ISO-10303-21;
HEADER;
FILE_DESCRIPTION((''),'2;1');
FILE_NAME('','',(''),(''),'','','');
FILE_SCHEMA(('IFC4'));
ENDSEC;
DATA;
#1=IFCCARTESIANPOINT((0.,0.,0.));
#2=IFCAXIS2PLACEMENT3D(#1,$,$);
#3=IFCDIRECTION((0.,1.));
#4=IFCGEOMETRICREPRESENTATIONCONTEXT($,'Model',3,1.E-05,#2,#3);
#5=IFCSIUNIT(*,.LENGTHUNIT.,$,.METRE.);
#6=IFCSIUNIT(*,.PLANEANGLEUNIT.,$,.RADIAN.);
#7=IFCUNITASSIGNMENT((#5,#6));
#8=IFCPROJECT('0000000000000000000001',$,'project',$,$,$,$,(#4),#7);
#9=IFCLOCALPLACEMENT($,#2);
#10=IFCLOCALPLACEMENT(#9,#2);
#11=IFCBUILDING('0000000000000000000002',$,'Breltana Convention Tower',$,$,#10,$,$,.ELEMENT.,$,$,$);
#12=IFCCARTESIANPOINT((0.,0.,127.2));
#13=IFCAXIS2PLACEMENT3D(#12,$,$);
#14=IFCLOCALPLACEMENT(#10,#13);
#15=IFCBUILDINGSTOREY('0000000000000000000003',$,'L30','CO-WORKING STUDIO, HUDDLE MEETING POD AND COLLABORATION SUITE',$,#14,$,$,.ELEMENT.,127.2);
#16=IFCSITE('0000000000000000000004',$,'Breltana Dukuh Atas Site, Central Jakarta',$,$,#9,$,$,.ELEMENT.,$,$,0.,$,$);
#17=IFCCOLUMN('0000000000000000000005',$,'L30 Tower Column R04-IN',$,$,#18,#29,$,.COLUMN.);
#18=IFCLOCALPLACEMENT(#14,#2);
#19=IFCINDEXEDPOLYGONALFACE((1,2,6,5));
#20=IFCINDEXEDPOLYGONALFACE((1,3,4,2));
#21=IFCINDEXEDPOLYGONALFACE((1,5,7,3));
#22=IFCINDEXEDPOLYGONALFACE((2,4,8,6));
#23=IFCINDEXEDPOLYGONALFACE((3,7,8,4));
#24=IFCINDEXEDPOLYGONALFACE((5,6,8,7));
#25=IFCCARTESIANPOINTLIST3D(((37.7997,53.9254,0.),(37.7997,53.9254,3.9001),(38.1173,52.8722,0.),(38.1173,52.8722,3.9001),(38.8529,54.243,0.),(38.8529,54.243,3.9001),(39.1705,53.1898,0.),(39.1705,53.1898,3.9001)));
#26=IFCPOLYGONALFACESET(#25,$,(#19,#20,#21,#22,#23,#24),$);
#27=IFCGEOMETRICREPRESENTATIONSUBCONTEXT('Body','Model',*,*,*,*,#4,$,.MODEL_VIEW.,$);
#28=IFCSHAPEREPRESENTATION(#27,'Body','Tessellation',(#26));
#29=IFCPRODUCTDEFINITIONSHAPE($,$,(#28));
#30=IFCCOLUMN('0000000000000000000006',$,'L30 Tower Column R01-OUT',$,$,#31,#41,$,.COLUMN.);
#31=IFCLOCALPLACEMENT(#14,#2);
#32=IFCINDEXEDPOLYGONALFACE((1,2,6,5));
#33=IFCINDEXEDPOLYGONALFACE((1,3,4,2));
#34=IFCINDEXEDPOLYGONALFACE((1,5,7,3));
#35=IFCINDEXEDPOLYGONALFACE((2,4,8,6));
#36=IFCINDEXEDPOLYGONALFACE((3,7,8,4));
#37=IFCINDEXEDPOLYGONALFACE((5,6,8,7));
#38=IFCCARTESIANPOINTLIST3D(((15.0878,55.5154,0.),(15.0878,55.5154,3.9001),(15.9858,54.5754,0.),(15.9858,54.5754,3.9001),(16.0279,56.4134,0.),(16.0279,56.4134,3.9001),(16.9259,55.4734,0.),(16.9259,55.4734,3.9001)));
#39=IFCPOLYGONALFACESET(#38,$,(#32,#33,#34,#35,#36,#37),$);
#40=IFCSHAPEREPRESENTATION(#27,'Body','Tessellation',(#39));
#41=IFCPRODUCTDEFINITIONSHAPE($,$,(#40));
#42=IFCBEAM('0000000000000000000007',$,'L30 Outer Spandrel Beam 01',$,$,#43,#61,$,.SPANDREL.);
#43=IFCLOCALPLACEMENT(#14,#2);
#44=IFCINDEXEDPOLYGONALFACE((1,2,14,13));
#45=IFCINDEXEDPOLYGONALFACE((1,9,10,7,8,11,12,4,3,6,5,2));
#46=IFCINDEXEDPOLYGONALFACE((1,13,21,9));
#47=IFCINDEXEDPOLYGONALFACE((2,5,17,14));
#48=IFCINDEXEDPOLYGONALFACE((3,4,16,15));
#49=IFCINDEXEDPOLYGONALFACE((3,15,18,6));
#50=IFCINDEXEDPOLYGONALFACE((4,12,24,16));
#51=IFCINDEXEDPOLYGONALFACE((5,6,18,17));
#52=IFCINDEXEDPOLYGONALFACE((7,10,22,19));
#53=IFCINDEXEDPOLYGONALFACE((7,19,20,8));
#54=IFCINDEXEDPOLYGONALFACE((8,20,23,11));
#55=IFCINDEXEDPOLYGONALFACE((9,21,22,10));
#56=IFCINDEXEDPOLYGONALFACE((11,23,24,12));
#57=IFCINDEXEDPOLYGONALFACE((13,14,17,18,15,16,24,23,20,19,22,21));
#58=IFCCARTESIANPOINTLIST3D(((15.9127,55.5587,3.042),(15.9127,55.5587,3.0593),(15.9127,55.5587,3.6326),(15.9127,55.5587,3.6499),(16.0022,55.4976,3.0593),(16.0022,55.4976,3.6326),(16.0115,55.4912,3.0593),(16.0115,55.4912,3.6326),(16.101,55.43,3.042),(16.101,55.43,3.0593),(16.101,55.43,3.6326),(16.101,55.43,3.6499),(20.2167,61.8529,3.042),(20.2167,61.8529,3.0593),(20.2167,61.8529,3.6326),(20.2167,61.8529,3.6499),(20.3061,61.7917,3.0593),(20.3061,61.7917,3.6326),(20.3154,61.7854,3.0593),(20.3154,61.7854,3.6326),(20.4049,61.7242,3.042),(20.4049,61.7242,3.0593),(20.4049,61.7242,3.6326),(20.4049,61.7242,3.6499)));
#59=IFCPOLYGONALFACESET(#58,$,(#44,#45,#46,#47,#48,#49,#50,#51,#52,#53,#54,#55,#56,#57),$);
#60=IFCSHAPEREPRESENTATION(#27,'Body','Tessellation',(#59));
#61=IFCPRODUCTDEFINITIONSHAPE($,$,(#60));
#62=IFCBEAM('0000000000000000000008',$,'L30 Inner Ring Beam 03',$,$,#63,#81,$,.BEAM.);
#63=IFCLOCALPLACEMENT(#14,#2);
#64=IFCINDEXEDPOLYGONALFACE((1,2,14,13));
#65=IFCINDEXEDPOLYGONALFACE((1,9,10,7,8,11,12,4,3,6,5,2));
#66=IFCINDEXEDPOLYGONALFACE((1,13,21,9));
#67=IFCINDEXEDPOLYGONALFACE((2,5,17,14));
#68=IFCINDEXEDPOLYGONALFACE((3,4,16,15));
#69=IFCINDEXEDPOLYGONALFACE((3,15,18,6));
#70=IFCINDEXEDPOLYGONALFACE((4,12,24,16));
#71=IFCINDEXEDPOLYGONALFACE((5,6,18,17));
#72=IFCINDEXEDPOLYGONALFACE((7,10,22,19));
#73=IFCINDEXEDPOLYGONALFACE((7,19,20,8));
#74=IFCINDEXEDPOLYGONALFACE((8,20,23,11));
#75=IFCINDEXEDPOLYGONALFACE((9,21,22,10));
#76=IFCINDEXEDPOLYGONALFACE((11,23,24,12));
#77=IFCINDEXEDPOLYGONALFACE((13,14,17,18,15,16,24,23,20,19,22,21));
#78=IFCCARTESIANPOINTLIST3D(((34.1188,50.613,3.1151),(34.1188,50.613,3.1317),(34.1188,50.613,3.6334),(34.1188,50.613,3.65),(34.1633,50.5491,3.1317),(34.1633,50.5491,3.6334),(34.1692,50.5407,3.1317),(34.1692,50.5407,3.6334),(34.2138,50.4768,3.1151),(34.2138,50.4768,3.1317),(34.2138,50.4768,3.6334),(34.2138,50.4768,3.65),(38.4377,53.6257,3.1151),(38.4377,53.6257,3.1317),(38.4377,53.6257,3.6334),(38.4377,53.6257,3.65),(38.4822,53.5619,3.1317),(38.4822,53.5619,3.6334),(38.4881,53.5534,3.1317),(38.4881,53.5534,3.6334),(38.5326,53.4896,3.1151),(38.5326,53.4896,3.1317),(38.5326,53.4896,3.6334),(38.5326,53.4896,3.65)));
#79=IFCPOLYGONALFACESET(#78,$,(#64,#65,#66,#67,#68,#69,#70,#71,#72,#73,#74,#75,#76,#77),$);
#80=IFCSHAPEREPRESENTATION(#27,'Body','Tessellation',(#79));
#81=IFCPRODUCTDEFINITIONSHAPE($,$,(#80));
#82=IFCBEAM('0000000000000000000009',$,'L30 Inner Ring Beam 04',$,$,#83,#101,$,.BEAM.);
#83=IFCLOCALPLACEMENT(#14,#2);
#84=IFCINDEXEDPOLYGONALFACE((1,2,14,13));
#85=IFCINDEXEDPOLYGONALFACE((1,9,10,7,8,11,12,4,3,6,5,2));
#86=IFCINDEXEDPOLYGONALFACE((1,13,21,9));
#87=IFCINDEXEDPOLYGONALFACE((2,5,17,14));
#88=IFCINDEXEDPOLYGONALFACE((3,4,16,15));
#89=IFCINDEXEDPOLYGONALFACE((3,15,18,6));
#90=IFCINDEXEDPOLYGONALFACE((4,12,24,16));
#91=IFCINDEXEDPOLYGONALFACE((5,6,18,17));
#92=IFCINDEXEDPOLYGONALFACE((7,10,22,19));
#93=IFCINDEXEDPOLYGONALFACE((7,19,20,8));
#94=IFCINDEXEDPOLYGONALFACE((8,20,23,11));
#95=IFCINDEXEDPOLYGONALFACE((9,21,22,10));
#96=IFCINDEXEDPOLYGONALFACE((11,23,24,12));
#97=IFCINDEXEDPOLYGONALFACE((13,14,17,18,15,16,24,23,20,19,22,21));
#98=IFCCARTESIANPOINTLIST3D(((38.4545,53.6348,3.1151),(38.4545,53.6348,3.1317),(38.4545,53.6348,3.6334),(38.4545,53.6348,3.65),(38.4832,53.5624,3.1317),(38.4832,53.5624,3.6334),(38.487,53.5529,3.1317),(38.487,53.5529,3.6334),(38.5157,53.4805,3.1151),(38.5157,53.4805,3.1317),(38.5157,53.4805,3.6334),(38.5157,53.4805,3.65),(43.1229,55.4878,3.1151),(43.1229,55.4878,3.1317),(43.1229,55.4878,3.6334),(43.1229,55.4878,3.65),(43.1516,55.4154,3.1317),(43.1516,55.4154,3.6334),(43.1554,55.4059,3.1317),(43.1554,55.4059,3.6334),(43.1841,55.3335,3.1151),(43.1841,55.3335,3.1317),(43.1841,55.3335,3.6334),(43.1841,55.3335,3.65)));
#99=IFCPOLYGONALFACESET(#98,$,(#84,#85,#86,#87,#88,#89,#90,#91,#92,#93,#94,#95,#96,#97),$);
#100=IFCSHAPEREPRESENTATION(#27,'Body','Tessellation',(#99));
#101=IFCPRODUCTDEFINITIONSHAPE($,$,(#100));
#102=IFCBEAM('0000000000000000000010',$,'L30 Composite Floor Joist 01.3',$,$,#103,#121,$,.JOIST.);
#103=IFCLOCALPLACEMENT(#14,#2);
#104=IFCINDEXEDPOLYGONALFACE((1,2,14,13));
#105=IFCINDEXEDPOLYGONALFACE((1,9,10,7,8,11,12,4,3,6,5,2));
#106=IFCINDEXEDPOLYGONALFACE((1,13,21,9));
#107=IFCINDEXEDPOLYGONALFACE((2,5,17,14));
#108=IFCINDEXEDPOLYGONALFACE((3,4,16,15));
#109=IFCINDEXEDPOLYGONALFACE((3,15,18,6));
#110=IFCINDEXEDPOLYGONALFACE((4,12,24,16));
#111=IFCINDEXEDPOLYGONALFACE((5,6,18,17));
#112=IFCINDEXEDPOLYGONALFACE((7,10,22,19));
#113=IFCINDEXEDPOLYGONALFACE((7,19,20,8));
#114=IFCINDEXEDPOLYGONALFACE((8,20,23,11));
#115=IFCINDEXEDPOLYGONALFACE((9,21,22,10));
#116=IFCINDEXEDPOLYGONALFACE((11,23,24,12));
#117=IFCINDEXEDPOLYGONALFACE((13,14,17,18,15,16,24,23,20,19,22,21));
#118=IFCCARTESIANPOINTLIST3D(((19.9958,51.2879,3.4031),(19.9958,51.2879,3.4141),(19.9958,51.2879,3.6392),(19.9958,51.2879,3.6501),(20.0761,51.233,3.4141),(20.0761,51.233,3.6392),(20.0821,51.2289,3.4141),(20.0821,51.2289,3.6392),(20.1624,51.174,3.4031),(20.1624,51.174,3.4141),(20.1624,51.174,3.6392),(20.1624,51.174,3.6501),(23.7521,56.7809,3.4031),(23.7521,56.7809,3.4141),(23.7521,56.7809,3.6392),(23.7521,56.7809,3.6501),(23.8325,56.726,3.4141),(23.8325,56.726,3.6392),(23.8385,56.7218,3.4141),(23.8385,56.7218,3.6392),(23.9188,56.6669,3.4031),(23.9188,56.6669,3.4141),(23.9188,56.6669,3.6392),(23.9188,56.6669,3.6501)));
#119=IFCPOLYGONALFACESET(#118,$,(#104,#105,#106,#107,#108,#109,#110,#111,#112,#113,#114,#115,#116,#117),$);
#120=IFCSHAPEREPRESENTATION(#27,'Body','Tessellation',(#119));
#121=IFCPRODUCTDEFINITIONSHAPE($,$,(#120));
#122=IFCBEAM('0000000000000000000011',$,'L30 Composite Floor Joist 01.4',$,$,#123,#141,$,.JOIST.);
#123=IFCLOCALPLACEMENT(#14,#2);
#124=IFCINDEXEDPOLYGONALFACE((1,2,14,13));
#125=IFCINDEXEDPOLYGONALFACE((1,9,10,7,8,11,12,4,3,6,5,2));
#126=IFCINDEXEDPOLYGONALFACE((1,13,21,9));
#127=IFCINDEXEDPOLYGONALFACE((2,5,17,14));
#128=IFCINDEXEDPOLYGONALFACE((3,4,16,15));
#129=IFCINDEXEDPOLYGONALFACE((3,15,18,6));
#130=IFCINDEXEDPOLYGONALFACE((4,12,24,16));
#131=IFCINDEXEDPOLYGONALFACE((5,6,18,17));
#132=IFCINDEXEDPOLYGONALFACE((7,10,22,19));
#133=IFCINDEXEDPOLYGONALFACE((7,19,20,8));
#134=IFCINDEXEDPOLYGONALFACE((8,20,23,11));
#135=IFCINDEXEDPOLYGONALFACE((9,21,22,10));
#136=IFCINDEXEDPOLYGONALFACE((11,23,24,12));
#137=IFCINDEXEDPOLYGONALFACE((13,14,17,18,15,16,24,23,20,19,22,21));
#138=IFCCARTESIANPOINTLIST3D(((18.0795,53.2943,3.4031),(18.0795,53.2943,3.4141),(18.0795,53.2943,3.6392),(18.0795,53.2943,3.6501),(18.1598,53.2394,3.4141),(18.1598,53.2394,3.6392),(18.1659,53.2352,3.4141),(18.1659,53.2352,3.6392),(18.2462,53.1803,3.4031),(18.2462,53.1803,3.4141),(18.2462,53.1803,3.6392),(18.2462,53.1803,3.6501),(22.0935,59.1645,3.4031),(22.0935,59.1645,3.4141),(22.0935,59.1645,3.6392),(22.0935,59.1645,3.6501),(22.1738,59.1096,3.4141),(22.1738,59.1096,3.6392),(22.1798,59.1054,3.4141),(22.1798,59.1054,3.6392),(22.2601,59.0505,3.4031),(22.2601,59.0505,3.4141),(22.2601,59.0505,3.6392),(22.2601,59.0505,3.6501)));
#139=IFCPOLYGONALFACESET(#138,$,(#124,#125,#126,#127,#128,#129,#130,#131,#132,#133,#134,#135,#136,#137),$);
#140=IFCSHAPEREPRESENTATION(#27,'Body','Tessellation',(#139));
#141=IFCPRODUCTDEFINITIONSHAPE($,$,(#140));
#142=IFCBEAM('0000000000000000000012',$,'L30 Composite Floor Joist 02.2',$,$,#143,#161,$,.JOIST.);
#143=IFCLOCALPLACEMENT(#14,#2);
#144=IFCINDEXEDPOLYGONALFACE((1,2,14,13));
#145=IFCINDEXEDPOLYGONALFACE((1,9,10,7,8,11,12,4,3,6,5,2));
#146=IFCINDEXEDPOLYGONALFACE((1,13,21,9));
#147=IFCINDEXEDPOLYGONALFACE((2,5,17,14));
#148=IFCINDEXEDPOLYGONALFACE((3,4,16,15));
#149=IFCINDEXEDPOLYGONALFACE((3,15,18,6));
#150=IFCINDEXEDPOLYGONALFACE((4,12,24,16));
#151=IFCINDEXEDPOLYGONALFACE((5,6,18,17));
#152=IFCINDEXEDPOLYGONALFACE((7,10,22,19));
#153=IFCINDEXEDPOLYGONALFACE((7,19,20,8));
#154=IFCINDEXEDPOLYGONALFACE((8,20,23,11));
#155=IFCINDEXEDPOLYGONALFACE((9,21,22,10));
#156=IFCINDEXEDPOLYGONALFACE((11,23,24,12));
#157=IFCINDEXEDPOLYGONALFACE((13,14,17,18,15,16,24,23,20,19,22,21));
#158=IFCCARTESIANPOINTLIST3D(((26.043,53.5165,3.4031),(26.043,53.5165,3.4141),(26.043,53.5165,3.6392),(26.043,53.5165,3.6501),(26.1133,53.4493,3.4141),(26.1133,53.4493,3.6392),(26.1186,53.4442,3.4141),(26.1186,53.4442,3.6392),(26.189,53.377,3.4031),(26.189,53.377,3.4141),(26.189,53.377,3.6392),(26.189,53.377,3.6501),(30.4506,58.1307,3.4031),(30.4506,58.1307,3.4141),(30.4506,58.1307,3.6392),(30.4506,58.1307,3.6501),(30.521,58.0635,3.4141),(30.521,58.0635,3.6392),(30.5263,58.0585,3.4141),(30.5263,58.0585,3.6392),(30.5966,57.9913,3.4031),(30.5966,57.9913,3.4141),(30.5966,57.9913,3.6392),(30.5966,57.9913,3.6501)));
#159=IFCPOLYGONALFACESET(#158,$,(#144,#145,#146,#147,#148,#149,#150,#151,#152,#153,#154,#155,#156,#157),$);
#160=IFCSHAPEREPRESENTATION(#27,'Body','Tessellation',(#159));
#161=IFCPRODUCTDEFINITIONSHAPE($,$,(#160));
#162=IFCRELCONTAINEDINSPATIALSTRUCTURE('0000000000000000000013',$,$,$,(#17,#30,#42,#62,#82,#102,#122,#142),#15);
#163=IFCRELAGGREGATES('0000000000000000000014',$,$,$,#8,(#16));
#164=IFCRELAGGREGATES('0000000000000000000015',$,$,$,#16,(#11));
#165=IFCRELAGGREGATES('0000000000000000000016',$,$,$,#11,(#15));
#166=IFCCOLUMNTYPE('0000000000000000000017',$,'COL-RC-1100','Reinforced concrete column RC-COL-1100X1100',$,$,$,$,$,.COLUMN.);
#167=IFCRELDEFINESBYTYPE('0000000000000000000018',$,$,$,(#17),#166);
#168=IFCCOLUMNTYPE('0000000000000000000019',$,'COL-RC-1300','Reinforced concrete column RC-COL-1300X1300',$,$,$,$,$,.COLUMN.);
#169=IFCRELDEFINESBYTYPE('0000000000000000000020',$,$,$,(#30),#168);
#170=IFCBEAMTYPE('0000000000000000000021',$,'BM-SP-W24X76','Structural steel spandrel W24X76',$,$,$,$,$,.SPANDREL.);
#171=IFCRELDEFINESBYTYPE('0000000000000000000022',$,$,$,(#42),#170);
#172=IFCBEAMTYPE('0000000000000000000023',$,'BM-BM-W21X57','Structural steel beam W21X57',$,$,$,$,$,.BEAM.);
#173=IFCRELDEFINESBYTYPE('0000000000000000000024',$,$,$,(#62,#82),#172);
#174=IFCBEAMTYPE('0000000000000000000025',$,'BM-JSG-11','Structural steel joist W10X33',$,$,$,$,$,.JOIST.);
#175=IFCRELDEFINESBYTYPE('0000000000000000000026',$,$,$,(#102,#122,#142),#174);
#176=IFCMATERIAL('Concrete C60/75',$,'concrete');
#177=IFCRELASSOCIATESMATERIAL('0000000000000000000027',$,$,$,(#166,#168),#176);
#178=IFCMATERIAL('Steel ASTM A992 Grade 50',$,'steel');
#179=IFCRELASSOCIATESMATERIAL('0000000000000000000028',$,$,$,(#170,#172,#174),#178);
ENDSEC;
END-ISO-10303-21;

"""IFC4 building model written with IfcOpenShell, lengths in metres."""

from ifc_helpers import new_model, si_unit, direction, frame, origin, origin_2d, place, context, subcontext, project, spatial, rectangle, i_section, extrude, source, transform, mapped, material, material_profile, profile_set, type_object, type_shapes, element, save


model = new_model("IFC4")

# Units and contexts
model_context = context("Model", 3, precision=1e-05, world=origin(), true_north=direction((0.0, 1.0)))
body_context = subcontext(model_context, "Body", "Model", "MODEL_VIEW")
ifc_project = project(units=[si_unit("LENGTHUNIT", "METRE"), si_unit("PLANEANGLEUNIT", "RADIAN")], contexts=[model_context])

# Site, building, storey
site_placement = place(None, origin())
site = spatial("IfcSite", under=ifc_project, at=site_placement, Name="Breltana Dukuh Atas Site, Central Jakarta", CompositionType="ELEMENT", RefElevation=0.0)
building_placement = place(site_placement, origin())
building = spatial("IfcBuilding", under=site, at=building_placement, Name="Breltana Convention Tower", CompositionType="ELEMENT")
storey_placement = place(building_placement, frame((0.0, 0.0, 127.2)))
storey = spatial("IfcBuildingStorey", under=building, at=storey_placement, Name="L30", Description="CO-WORKING STUDIO, HUDDLE MEETING POD AND COLLABORATION SUITE", CompositionType="ELEMENT", Elevation=127.2)

# Columns
ifc_material_1 = material(Name="Concrete C60/75", Category="concrete")
ifc_material_profile_1 = material_profile(ifc_material_1, rectangle(XDim=1.1001, YDim=1.1001, at=origin_2d()), Name="RC-COL-1100X1100")
ifc_profile_set_1 = profile_set([ifc_material_profile_1], Name="Concrete C60/75")
column_type_1 = type_object("IfcColumnType", Name="COL-RC-1100", Description="Reinforced concrete column RC-COL-1100X1100", PredefinedType="COLUMN", material=ifc_profile_set_1)
shared_shape_1 = source(origin(), body_context, "Body", "SweptSolid", [
    extrude(rectangle(XDim=1.1001, YDim=1.1001, at=origin_2d()), origin(), (0.0, 0.0, 1.0), 3.9001),
])
column_1_placement = place(storey_placement, frame((38.4851, 53.5576, 0.0), z_axis=(0.0, 0.0, 1.0), x_axis=(-0.288698, 0.95742, 0.0)))
element("IfcColumn", 1, at=column_1_placement, inside=storey, type_object=column_type_1, Name="L30 Tower Column R04-IN", PredefinedType="COLUMN", context=body_context, shape_type="MappedRepresentation", body=[
    mapped(shared_shape_1, transform((0.0, 0.0, 0.0), scale=1.0)),
])
ifc_material_profile_2 = material_profile(ifc_material_1, rectangle(XDim=1.3, YDim=1.3, at=origin_2d()), Name="RC-COL-1300X1300")
ifc_profile_set_2 = profile_set([ifc_material_profile_2], Name="Concrete C60/75")
column_type_2 = type_object("IfcColumnType", Name="COL-RC-1300", Description="Reinforced concrete column RC-COL-1300X1300", PredefinedType="COLUMN", material=ifc_profile_set_2)
shared_shape_2 = source(origin(), body_context, "Body", "SweptSolid", [
    extrude(rectangle(XDim=1.3, YDim=1.3, at=origin_2d()), origin(), (0.0, 0.0, 1.0), 3.9001),
])
column_2_placement = place(storey_placement, frame((16.0068, 55.4944, 0.0), z_axis=(0.0, 0.0, 1.0), x_axis=(-0.690756, 0.723088, 0.0)))
element("IfcColumn", 2, at=column_2_placement, inside=storey, type_object=column_type_2, Name="L30 Tower Column R01-OUT", PredefinedType="COLUMN", context=body_context, shape_type="MappedRepresentation", body=[
    mapped(shared_shape_2, transform((0.0, 0.0, 0.0), scale=1.0)),
])

# Beams
ifc_material_2 = material(Name="Steel ASTM A992 Grade 50", Category="steel")
ifc_material_profile_3 = material_profile(ifc_material_2, i_section(OverallWidth=0.228, OverallDepth=0.6079, WebThickness=0.0112, FlangeThickness=0.0173, at=origin_2d()), Name="W24X76")
ifc_profile_set_3 = profile_set([ifc_material_profile_3], Name="Steel ASTM A992 Grade 50")
beam_type_1 = type_object("IfcBeamType", Name="BM-SP-W24X76", Description="Structural steel spandrel W24X76", PredefinedType="SPANDREL", material=ifc_profile_set_3)
shared_shape_3 = source(origin(), body_context, "Body", "SweptSolid", [
    extrude(i_section(OverallWidth=0.228, OverallDepth=0.6079, WebThickness=0.0112, FlangeThickness=0.0173, at=origin_2d()), origin(), (0.0, 0.0, 1.0), 7.625),
])
type_shapes(beam_type_1, [shared_shape_3])
beam_1_placement = place(storey_placement, frame((16.0068, 55.4944, 3.3459), z_axis=(0.564452, 0.825466, 0.0), x_axis=(-0.825466, 0.564452, 0.0)))
element("IfcBeam", 3, at=beam_1_placement, inside=storey, type_object=beam_type_1, Name="L30 Outer Spandrel Beam 01", PredefinedType="SPANDREL", context=body_context, shape_type="MappedRepresentation", body=[
    mapped(shared_shape_3, transform((0.0, 0.0, 0.0), scale=1.0)),
])
ifc_material_profile_4 = material_profile(ifc_material_2, i_section(OverallWidth=0.166, OverallDepth=0.5349, WebThickness=0.0103, FlangeThickness=0.0166, at=origin_2d()), Name="W21X57")
ifc_profile_set_4 = profile_set([ifc_material_profile_4], Name="Steel ASTM A992 Grade 50")
beam_type_2 = type_object("IfcBeamType", Name="BM-BM-W21X57", Description="Structural steel beam W21X57", PredefinedType="BEAM", material=ifc_profile_set_4)
shared_shape_4 = source(origin(), body_context, "Body", "SweptSolid", [
    extrude(i_section(OverallWidth=0.166, OverallDepth=0.5349, WebThickness=0.0103, FlangeThickness=0.0166, at=origin_2d()), origin(), (0.0, 0.0, 1.0), 5.2659),
])
beam_2_placement = place(storey_placement, frame((34.1663, 50.5449, 3.3826), z_axis=(0.820167, 0.572124, 0.0), x_axis=(-0.572124, 0.820167, 0.0)))
element("IfcBeam", 4, at=beam_2_placement, inside=storey, type_object=beam_type_2, Name="L30 Inner Ring Beam 03", PredefinedType="BEAM", context=body_context, shape_type="MappedRepresentation", body=[
    mapped(shared_shape_4, transform((0.0, 0.0, 0.0), scale=1.0)),
])
shared_shape_5 = source(origin(), body_context, "Body", "SweptSolid", [
    extrude(i_section(OverallWidth=0.166, OverallDepth=0.5349, WebThickness=0.0103, FlangeThickness=0.0166, at=origin_2d()), origin(), (0.0, 0.0, 1.0), 5.0227),
])
beam_3_placement = place(storey_placement, frame((38.4851, 53.5576, 3.3826), z_axis=(0.929459, 0.368926, 0.0), x_axis=(-0.368926, 0.929459, 0.0)))
element("IfcBeam", 5, at=beam_3_placement, inside=storey, type_object=beam_type_2, Name="L30 Inner Ring Beam 04", PredefinedType="BEAM", context=body_context, shape_type="MappedRepresentation", body=[
    mapped(shared_shape_5, transform((0.0, 0.0, 0.0), scale=1.0)),
])
ifc_material_profile_5 = material_profile(ifc_material_2, i_section(OverallWidth=0.2019, OverallDepth=0.2471, WebThickness=0.0073, FlangeThickness=0.011, at=origin_2d()), Name="W10X33")
ifc_profile_set_5 = profile_set([ifc_material_profile_5], Name="Steel ASTM A992 Grade 50")
beam_type_3 = type_object("IfcBeamType", Name="BM-JSG-11", Description="Structural steel joist W10X33", PredefinedType="JOIST", material=ifc_profile_set_5)
shared_shape_6 = source(origin(), body_context, "Body", "SweptSolid", [
    extrude(i_section(OverallWidth=0.2019, OverallDepth=0.2471, WebThickness=0.0073, FlangeThickness=0.011, at=origin_2d()), origin(), (0.0, 0.0, 1.0), 6.6545),
])
beam_4_placement = place(storey_placement, frame((20.0791, 51.231, 3.5266), z_axis=(0.564483, 0.825445, 0.0), x_axis=(-0.825445, 0.564483, 0.0)))
element("IfcBeam", 6, at=beam_4_placement, inside=storey, type_object=beam_type_3, Name="L30 Composite Floor Joist 01.3", PredefinedType="JOIST", context=body_context, shape_type="MappedRepresentation", body=[
    mapped(shared_shape_6, transform((0.0, 0.0, 0.0), scale=1.0)),
])
shared_shape_7 = source(origin(), body_context, "Body", "SweptSolid", [
    extrude(i_section(OverallWidth=0.2019, OverallDepth=0.2471, WebThickness=0.0073, FlangeThickness=0.011, at=origin_2d()), origin(), (0.0, 0.0, 1.0), 7.1113),
])
beam_5_placement = place(storey_placement, frame((18.1628, 53.2373, 3.5266), z_axis=(0.564446, 0.82547, 0.0), x_axis=(-0.82547, 0.564446, 0.0)))
element("IfcBeam", 7, at=beam_5_placement, inside=storey, type_object=beam_type_3, Name="L30 Composite Floor Joist 01.4", PredefinedType="JOIST", context=body_context, shape_type="MappedRepresentation", body=[
    mapped(shared_shape_7, transform((0.0, 0.0, 0.0), scale=1.0)),
])
shared_shape_8 = source(origin(), body_context, "Body", "SweptSolid", [
    extrude(i_section(OverallWidth=0.2019, OverallDepth=0.2471, WebThickness=0.0073, FlangeThickness=0.011, at=origin_2d()), origin(), (0.0, 0.0, 1.0), 6.3811),
])
beam_6_placement = place(storey_placement, frame((26.116, 53.4468, 3.5266), z_axis=(0.690738, 0.723105, 0.0), x_axis=(-0.723105, 0.690738, 0.0)))
element("IfcBeam", 8, at=beam_6_placement, inside=storey, type_object=beam_type_3, Name="L30 Composite Floor Joist 02.2", PredefinedType="JOIST", context=body_context, shape_type="MappedRepresentation", body=[
    mapped(shared_shape_8, transform((0.0, 0.0, 0.0), scale=1.0)),
])

save(model, "model.ifc")
